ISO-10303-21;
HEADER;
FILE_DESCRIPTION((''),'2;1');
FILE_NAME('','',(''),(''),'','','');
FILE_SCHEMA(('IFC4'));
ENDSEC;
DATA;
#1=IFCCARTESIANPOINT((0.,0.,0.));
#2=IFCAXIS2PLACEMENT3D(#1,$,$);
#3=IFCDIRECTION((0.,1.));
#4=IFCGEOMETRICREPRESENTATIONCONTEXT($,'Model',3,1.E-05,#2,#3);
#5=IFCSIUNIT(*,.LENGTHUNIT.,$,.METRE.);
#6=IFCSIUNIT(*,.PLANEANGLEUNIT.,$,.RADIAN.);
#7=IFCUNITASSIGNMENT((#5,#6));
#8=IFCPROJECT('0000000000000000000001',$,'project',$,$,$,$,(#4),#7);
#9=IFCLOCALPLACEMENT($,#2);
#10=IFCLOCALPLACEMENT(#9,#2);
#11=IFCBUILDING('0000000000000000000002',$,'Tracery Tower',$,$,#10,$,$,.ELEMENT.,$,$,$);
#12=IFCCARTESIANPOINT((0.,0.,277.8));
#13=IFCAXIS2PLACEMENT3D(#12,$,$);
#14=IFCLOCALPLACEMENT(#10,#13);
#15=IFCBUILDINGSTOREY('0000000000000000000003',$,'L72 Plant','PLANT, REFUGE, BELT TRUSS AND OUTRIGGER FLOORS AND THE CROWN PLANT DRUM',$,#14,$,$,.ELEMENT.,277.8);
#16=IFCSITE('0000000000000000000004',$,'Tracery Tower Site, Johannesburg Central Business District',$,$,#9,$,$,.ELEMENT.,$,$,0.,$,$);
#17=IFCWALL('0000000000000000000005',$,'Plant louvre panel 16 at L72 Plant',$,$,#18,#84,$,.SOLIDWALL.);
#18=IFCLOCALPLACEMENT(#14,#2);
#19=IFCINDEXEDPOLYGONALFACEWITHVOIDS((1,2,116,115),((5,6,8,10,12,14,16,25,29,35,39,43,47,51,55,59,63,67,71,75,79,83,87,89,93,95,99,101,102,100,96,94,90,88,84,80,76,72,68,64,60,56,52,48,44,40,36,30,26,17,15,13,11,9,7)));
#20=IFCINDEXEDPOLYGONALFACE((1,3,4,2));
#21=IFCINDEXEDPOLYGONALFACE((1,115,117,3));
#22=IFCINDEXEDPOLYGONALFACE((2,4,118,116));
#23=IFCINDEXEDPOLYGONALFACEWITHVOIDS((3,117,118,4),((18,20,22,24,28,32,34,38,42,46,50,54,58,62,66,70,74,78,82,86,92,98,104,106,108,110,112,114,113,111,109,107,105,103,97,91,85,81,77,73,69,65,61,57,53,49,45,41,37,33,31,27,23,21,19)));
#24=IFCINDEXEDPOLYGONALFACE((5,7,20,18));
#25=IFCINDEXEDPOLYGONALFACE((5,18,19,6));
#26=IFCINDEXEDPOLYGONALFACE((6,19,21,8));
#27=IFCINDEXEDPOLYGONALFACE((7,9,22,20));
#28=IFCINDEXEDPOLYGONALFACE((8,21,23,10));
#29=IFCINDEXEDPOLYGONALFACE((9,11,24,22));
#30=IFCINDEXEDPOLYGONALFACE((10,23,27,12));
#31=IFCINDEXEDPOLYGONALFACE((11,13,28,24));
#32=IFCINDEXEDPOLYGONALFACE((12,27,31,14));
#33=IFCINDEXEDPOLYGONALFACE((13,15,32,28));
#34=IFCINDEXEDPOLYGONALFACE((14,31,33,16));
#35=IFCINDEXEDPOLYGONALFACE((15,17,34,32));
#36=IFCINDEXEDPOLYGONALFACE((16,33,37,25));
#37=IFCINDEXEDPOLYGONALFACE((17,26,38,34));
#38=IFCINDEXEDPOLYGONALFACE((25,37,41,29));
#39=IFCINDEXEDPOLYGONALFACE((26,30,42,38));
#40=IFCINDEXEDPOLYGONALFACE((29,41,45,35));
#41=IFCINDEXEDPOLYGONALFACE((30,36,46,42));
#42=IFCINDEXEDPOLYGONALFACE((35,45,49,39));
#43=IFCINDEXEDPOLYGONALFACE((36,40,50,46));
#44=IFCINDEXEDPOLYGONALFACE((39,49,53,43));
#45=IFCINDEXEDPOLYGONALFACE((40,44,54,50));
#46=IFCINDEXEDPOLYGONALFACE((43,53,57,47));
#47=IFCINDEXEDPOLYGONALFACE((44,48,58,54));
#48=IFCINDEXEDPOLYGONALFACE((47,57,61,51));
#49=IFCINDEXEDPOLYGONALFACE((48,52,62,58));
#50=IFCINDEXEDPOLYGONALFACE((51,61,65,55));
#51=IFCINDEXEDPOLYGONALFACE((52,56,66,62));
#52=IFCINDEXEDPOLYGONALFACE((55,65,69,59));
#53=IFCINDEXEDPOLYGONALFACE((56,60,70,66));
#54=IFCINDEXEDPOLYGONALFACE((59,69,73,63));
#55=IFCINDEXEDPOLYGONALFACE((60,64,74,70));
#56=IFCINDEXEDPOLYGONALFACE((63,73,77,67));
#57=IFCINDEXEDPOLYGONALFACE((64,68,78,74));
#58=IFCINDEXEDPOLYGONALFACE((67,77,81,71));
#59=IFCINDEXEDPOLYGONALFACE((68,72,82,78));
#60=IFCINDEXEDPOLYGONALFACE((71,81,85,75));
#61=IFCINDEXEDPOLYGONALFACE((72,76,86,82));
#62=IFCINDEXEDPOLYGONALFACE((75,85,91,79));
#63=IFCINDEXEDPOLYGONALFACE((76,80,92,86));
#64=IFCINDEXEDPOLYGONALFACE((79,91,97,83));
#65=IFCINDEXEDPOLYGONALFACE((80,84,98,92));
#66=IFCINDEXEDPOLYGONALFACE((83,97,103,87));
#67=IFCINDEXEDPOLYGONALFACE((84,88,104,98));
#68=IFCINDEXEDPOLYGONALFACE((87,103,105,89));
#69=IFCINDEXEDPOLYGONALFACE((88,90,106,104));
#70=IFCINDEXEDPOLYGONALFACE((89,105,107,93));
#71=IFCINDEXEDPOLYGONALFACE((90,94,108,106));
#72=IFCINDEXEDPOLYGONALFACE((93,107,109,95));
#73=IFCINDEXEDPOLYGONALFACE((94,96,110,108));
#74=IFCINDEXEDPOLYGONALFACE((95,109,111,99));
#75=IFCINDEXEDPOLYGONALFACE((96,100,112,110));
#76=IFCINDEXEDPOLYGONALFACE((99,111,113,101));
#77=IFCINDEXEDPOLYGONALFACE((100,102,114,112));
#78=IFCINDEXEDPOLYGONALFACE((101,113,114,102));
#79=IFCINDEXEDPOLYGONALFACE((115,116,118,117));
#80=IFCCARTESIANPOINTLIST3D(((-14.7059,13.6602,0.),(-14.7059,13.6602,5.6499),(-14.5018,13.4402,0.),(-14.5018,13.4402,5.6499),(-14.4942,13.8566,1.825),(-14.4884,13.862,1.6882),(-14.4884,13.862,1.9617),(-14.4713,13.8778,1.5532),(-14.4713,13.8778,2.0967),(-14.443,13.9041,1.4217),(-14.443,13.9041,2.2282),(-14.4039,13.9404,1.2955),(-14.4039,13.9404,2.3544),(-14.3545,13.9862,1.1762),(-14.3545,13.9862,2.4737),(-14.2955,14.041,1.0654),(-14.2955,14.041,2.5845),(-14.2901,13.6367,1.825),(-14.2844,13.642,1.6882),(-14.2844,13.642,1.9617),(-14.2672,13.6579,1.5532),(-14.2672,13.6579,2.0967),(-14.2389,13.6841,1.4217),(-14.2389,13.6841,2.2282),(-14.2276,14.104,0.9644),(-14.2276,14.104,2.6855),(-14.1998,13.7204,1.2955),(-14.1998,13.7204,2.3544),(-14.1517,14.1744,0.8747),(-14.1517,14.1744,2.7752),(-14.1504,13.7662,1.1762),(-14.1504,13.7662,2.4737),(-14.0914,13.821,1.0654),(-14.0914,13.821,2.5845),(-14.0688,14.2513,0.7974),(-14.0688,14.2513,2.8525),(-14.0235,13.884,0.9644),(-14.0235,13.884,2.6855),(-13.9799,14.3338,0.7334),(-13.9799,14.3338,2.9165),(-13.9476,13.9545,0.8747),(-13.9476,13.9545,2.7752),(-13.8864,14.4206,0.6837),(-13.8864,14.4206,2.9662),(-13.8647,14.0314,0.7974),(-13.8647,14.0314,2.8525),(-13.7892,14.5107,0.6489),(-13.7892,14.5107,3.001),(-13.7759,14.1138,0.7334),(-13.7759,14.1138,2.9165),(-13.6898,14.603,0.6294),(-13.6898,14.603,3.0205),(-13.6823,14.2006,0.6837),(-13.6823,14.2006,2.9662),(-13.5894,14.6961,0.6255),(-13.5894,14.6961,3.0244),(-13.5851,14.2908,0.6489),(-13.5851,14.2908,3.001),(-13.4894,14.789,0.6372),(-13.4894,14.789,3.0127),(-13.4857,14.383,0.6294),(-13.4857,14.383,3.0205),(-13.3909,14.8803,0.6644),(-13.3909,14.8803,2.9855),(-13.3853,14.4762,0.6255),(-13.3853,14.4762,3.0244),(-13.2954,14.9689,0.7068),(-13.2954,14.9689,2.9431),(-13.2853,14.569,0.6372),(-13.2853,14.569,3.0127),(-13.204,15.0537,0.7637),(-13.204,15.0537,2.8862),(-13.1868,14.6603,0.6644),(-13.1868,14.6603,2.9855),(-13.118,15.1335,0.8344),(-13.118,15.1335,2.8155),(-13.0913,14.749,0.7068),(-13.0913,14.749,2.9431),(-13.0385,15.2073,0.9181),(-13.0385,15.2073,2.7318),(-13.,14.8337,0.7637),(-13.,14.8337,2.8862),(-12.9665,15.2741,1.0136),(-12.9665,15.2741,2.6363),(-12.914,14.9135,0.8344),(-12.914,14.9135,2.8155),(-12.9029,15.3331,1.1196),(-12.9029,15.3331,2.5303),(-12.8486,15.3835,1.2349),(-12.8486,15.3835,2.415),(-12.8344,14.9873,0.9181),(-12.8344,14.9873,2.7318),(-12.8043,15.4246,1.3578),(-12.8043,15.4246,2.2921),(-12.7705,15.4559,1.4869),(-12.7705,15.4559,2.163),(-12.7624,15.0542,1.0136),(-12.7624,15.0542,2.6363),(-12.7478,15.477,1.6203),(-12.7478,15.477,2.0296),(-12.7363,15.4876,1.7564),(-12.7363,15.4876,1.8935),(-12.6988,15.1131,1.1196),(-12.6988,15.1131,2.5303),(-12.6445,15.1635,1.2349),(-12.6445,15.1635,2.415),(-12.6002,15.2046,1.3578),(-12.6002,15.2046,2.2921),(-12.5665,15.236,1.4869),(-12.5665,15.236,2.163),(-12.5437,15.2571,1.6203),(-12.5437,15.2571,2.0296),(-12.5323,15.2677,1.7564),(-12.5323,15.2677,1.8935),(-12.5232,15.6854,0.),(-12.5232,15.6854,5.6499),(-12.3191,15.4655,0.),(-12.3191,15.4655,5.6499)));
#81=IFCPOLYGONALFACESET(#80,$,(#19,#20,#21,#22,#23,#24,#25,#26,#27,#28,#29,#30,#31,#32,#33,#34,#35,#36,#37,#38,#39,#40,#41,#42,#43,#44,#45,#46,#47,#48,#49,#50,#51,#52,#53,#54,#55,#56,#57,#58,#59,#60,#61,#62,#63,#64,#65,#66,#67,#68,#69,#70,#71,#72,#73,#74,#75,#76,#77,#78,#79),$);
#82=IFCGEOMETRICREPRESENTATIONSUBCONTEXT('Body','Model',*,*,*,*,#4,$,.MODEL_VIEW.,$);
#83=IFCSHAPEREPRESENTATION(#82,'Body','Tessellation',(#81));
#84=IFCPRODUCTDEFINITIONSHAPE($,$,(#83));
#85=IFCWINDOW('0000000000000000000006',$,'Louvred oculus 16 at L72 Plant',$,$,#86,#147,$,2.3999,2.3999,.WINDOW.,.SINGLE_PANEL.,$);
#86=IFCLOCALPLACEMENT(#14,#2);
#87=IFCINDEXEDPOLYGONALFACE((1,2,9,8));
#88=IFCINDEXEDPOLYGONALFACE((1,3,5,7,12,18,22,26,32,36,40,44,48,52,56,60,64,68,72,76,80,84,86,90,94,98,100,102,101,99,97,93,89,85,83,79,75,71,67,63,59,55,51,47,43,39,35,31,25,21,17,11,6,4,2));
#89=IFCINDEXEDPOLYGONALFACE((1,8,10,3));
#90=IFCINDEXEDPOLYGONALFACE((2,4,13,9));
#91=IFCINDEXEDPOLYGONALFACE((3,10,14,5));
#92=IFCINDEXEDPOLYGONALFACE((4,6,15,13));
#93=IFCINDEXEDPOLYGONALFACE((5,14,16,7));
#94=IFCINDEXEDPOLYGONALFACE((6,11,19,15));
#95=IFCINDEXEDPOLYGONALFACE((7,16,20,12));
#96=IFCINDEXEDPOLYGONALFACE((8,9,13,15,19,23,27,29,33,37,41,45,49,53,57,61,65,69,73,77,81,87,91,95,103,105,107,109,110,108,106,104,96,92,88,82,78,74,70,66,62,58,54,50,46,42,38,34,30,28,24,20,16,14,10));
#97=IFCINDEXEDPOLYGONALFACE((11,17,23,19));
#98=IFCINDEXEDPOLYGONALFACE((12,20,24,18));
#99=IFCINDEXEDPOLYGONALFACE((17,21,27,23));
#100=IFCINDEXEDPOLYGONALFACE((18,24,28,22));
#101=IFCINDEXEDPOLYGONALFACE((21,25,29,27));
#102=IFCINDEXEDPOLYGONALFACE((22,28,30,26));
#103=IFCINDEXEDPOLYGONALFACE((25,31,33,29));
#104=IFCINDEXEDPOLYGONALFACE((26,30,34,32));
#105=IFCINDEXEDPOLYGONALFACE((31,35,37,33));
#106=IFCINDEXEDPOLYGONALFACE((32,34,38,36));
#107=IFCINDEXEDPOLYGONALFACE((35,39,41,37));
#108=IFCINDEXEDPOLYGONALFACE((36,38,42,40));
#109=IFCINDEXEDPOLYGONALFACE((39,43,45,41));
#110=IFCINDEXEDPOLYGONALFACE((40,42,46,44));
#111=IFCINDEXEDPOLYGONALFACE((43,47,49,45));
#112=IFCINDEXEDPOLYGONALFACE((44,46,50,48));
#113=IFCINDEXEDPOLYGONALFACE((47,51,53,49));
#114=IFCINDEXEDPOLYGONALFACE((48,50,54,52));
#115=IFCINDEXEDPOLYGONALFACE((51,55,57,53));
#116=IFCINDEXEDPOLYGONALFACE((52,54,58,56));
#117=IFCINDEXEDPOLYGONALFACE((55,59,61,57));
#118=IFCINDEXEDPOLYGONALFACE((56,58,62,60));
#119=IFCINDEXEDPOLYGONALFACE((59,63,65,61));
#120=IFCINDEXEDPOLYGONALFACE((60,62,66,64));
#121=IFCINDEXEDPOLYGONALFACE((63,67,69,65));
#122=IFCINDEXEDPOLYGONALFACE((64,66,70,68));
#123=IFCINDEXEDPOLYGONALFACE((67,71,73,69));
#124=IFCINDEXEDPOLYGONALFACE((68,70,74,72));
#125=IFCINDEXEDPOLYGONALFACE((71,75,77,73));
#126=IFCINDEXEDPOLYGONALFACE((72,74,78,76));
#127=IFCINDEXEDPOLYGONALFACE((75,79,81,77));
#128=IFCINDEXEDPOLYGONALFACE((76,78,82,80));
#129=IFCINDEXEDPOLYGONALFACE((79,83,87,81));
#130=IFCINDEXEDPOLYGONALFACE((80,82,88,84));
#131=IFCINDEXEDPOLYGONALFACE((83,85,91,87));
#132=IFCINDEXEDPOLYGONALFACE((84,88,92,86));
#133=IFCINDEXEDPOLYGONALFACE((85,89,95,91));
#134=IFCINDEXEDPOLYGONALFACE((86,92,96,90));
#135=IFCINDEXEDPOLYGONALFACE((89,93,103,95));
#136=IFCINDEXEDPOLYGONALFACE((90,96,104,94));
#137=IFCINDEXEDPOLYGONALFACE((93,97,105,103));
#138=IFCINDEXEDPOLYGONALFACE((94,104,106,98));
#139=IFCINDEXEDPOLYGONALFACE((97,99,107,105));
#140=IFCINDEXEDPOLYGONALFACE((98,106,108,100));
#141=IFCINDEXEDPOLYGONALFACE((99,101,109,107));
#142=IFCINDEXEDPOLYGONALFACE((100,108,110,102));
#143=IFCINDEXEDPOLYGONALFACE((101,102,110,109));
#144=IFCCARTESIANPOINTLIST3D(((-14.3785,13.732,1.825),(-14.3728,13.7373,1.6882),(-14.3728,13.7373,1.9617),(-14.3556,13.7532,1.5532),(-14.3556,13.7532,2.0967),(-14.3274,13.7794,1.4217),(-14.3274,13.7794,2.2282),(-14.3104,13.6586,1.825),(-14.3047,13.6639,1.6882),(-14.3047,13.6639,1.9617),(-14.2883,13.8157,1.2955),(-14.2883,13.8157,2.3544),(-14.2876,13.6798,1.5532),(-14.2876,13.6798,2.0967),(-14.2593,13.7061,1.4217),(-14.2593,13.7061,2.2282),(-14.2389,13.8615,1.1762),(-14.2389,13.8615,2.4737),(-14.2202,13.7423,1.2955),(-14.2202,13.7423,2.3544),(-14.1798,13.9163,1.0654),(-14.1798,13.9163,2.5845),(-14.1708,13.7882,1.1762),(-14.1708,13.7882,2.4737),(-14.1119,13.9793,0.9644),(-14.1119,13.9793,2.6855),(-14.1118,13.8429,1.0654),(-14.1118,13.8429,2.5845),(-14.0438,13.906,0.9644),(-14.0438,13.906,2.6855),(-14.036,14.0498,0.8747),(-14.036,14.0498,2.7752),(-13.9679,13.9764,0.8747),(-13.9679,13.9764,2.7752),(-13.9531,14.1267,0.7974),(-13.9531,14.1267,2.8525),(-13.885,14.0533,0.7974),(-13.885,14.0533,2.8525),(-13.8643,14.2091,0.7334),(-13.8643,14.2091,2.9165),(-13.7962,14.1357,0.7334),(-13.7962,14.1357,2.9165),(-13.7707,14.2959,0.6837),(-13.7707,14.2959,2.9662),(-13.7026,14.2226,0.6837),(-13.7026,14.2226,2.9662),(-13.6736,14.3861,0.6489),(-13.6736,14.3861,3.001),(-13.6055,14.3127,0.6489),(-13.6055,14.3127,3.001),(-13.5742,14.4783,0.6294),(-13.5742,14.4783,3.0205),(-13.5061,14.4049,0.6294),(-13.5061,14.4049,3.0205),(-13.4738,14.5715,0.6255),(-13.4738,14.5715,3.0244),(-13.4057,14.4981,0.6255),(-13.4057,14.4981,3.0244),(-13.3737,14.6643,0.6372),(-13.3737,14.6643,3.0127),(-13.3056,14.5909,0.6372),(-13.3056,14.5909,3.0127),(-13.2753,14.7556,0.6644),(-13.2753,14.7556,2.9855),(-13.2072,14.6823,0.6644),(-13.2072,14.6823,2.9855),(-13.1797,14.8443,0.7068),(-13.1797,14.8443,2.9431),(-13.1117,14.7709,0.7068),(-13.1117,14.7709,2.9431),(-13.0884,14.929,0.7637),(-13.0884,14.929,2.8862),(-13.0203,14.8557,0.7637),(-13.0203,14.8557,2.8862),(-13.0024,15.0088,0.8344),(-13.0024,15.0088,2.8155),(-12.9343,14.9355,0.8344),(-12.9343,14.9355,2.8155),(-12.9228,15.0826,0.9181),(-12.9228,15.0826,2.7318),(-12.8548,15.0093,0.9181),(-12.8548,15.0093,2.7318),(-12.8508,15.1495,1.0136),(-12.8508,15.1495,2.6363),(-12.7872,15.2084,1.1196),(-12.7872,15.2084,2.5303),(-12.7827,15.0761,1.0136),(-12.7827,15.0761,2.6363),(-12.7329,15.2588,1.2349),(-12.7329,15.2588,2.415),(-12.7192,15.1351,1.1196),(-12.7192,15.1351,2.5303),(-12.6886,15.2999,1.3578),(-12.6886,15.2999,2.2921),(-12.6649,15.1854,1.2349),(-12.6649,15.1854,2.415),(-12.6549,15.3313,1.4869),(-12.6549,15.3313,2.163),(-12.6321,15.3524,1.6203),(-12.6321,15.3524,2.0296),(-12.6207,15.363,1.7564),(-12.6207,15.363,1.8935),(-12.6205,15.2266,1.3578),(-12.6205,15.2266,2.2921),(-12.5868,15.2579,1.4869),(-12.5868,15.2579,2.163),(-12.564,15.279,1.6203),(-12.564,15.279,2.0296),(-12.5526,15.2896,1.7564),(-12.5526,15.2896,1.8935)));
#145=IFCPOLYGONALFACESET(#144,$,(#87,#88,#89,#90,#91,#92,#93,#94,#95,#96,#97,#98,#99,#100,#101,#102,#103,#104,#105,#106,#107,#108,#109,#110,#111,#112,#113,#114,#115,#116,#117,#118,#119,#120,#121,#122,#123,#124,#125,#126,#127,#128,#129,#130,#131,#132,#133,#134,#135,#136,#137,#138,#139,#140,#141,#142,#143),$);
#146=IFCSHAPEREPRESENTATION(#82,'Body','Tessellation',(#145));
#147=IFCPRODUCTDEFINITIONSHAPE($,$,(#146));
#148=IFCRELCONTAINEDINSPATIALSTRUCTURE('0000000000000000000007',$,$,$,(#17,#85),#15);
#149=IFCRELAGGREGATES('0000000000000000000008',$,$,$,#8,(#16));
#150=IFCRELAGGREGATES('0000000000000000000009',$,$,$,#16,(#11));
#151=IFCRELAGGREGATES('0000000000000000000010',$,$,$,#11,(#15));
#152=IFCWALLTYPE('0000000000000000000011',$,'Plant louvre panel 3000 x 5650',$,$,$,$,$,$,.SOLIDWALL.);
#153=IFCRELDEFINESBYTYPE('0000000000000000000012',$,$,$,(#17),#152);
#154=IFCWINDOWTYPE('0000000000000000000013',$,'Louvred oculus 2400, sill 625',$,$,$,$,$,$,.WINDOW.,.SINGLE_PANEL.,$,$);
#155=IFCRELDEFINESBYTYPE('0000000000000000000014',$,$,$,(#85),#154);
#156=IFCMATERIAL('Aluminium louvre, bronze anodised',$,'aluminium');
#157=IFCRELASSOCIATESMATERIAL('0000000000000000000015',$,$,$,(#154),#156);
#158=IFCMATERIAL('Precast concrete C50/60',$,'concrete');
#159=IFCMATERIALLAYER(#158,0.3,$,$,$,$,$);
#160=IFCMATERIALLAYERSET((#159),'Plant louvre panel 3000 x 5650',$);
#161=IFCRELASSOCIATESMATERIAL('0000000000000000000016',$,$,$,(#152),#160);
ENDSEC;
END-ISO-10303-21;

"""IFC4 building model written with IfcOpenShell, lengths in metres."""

from ifc_helpers import new_model, si_unit, direction, frame, frame_2d, origin, origin_2d, place, context, subcontext, project, spatial, rectangle, circle, extrude, material, layer, layer_set, type_object, element, fill, save


model = new_model("IFC4")

# Units and contexts
model_context = context("Model", 3, precision=1e-05, world=origin(), true_north=direction((0.0, 1.0)))
body_context = subcontext(model_context, "Body", "Model", "MODEL_VIEW")
ifc_project = project(units=[si_unit("LENGTHUNIT", "METRE"), si_unit("PLANEANGLEUNIT", "RADIAN")], contexts=[model_context])

# Site, building, storey
site_placement = place(None, origin())
site = spatial("IfcSite", under=ifc_project, at=site_placement, Name="Tracery Tower Site, Johannesburg Central Business District", CompositionType="ELEMENT", RefElevation=0.0)
building_placement = place(site_placement, origin())
building = spatial("IfcBuilding", under=site, at=building_placement, Name="Tracery Tower", CompositionType="ELEMENT")
storey_placement = place(building_placement, frame((0.0, 0.0, 277.8)))
storey = spatial("IfcBuildingStorey", under=building, at=storey_placement, Name="L72 Plant", Description="PLANT, REFUGE, BELT TRUSS AND OUTRIGGER FLOORS AND THE CROWN PLANT DRUM", CompositionType="ELEMENT", Elevation=277.8)

# Wall, opening, window
ifc_material_1 = material(Name="Aluminium louvre, bronze anodised", Category="aluminium")
window_type = type_object("IfcWindowType", Name="Louvred oculus 2400, sill 625", PartitioningType="SINGLE_PANEL", PredefinedType="WINDOW", material=ifc_material_1)
ifc_material_2 = material(Name="Precast concrete C50/60", Category="concrete")
ifc_layer_1 = layer(ifc_material_2, 0.3)
ifc_layer_set_1 = layer_set([ifc_layer_1], Name="Plant louvre panel 3000 x 5650")
wall_type_1 = type_object("IfcWallType", Name="Plant louvre panel 3000 x 5650", PredefinedType="SOLIDWALL", material=ifc_layer_set_1)
wall_1_placement = place(storey_placement, frame((-12.4211, 15.5754, 0.0), z_axis=(0.0, 0.0, 1.0), x_axis=(-0.733056, -0.680168, 0.0)))
wall_1 = element("IfcWall", 1, at=wall_1_placement, inside=storey, type_object=wall_type_1, Name="Plant louvre panel 16 at L72 Plant", PredefinedType="SOLIDWALL", context=body_context, shape_type="SweptSolid", body=[
    extrude(rectangle(XDim=2.9775, YDim=0.3, at=frame_2d((1.4888, 0.0))), origin(), (0.0, 0.0, 1.0), 5.6499),
])
opening_1_placement = place(wall_1_placement, frame((1.4888, 0.0, 1.825)))
opening_1 = element("IfcOpeningElement", 2, at=opening_1_placement, cuts=wall_1, PredefinedType="OPENING", context=body_context, shape_type="SweptSolid", body=[
    extrude(circle(Radius=1.2, at=origin_2d()), frame((0.0, 0.1599, 0.0), z_axis=(0.0, -1.0, 0.0), x_axis=(1.0, 0.0, 0.0)), (0.0, 0.0, 1.0), 0.3201),
])
window_1_placement = place(opening_1_placement, origin())
window_1 = element("IfcWindow", 3, at=window_1_placement, inside=storey, type_object=window_type, Name="Louvred oculus 16 at L72 Plant", OverallHeight=2.3999, OverallWidth=2.3999, PartitioningType="SINGLE_PANEL", PredefinedType="WINDOW", context=body_context, shape_type="SweptSolid", body=[
    extrude(circle(Radius=1.2, at=origin_2d()), frame((0.0, 0.1201, 0.0), z_axis=(0.0, -1.0, 0.0), x_axis=(1.0, 0.0, 0.0)), (0.0, 0.0, 1.0), 0.1001),
])
fill(opening_1, window_1)

save(model, "model.ifc")
